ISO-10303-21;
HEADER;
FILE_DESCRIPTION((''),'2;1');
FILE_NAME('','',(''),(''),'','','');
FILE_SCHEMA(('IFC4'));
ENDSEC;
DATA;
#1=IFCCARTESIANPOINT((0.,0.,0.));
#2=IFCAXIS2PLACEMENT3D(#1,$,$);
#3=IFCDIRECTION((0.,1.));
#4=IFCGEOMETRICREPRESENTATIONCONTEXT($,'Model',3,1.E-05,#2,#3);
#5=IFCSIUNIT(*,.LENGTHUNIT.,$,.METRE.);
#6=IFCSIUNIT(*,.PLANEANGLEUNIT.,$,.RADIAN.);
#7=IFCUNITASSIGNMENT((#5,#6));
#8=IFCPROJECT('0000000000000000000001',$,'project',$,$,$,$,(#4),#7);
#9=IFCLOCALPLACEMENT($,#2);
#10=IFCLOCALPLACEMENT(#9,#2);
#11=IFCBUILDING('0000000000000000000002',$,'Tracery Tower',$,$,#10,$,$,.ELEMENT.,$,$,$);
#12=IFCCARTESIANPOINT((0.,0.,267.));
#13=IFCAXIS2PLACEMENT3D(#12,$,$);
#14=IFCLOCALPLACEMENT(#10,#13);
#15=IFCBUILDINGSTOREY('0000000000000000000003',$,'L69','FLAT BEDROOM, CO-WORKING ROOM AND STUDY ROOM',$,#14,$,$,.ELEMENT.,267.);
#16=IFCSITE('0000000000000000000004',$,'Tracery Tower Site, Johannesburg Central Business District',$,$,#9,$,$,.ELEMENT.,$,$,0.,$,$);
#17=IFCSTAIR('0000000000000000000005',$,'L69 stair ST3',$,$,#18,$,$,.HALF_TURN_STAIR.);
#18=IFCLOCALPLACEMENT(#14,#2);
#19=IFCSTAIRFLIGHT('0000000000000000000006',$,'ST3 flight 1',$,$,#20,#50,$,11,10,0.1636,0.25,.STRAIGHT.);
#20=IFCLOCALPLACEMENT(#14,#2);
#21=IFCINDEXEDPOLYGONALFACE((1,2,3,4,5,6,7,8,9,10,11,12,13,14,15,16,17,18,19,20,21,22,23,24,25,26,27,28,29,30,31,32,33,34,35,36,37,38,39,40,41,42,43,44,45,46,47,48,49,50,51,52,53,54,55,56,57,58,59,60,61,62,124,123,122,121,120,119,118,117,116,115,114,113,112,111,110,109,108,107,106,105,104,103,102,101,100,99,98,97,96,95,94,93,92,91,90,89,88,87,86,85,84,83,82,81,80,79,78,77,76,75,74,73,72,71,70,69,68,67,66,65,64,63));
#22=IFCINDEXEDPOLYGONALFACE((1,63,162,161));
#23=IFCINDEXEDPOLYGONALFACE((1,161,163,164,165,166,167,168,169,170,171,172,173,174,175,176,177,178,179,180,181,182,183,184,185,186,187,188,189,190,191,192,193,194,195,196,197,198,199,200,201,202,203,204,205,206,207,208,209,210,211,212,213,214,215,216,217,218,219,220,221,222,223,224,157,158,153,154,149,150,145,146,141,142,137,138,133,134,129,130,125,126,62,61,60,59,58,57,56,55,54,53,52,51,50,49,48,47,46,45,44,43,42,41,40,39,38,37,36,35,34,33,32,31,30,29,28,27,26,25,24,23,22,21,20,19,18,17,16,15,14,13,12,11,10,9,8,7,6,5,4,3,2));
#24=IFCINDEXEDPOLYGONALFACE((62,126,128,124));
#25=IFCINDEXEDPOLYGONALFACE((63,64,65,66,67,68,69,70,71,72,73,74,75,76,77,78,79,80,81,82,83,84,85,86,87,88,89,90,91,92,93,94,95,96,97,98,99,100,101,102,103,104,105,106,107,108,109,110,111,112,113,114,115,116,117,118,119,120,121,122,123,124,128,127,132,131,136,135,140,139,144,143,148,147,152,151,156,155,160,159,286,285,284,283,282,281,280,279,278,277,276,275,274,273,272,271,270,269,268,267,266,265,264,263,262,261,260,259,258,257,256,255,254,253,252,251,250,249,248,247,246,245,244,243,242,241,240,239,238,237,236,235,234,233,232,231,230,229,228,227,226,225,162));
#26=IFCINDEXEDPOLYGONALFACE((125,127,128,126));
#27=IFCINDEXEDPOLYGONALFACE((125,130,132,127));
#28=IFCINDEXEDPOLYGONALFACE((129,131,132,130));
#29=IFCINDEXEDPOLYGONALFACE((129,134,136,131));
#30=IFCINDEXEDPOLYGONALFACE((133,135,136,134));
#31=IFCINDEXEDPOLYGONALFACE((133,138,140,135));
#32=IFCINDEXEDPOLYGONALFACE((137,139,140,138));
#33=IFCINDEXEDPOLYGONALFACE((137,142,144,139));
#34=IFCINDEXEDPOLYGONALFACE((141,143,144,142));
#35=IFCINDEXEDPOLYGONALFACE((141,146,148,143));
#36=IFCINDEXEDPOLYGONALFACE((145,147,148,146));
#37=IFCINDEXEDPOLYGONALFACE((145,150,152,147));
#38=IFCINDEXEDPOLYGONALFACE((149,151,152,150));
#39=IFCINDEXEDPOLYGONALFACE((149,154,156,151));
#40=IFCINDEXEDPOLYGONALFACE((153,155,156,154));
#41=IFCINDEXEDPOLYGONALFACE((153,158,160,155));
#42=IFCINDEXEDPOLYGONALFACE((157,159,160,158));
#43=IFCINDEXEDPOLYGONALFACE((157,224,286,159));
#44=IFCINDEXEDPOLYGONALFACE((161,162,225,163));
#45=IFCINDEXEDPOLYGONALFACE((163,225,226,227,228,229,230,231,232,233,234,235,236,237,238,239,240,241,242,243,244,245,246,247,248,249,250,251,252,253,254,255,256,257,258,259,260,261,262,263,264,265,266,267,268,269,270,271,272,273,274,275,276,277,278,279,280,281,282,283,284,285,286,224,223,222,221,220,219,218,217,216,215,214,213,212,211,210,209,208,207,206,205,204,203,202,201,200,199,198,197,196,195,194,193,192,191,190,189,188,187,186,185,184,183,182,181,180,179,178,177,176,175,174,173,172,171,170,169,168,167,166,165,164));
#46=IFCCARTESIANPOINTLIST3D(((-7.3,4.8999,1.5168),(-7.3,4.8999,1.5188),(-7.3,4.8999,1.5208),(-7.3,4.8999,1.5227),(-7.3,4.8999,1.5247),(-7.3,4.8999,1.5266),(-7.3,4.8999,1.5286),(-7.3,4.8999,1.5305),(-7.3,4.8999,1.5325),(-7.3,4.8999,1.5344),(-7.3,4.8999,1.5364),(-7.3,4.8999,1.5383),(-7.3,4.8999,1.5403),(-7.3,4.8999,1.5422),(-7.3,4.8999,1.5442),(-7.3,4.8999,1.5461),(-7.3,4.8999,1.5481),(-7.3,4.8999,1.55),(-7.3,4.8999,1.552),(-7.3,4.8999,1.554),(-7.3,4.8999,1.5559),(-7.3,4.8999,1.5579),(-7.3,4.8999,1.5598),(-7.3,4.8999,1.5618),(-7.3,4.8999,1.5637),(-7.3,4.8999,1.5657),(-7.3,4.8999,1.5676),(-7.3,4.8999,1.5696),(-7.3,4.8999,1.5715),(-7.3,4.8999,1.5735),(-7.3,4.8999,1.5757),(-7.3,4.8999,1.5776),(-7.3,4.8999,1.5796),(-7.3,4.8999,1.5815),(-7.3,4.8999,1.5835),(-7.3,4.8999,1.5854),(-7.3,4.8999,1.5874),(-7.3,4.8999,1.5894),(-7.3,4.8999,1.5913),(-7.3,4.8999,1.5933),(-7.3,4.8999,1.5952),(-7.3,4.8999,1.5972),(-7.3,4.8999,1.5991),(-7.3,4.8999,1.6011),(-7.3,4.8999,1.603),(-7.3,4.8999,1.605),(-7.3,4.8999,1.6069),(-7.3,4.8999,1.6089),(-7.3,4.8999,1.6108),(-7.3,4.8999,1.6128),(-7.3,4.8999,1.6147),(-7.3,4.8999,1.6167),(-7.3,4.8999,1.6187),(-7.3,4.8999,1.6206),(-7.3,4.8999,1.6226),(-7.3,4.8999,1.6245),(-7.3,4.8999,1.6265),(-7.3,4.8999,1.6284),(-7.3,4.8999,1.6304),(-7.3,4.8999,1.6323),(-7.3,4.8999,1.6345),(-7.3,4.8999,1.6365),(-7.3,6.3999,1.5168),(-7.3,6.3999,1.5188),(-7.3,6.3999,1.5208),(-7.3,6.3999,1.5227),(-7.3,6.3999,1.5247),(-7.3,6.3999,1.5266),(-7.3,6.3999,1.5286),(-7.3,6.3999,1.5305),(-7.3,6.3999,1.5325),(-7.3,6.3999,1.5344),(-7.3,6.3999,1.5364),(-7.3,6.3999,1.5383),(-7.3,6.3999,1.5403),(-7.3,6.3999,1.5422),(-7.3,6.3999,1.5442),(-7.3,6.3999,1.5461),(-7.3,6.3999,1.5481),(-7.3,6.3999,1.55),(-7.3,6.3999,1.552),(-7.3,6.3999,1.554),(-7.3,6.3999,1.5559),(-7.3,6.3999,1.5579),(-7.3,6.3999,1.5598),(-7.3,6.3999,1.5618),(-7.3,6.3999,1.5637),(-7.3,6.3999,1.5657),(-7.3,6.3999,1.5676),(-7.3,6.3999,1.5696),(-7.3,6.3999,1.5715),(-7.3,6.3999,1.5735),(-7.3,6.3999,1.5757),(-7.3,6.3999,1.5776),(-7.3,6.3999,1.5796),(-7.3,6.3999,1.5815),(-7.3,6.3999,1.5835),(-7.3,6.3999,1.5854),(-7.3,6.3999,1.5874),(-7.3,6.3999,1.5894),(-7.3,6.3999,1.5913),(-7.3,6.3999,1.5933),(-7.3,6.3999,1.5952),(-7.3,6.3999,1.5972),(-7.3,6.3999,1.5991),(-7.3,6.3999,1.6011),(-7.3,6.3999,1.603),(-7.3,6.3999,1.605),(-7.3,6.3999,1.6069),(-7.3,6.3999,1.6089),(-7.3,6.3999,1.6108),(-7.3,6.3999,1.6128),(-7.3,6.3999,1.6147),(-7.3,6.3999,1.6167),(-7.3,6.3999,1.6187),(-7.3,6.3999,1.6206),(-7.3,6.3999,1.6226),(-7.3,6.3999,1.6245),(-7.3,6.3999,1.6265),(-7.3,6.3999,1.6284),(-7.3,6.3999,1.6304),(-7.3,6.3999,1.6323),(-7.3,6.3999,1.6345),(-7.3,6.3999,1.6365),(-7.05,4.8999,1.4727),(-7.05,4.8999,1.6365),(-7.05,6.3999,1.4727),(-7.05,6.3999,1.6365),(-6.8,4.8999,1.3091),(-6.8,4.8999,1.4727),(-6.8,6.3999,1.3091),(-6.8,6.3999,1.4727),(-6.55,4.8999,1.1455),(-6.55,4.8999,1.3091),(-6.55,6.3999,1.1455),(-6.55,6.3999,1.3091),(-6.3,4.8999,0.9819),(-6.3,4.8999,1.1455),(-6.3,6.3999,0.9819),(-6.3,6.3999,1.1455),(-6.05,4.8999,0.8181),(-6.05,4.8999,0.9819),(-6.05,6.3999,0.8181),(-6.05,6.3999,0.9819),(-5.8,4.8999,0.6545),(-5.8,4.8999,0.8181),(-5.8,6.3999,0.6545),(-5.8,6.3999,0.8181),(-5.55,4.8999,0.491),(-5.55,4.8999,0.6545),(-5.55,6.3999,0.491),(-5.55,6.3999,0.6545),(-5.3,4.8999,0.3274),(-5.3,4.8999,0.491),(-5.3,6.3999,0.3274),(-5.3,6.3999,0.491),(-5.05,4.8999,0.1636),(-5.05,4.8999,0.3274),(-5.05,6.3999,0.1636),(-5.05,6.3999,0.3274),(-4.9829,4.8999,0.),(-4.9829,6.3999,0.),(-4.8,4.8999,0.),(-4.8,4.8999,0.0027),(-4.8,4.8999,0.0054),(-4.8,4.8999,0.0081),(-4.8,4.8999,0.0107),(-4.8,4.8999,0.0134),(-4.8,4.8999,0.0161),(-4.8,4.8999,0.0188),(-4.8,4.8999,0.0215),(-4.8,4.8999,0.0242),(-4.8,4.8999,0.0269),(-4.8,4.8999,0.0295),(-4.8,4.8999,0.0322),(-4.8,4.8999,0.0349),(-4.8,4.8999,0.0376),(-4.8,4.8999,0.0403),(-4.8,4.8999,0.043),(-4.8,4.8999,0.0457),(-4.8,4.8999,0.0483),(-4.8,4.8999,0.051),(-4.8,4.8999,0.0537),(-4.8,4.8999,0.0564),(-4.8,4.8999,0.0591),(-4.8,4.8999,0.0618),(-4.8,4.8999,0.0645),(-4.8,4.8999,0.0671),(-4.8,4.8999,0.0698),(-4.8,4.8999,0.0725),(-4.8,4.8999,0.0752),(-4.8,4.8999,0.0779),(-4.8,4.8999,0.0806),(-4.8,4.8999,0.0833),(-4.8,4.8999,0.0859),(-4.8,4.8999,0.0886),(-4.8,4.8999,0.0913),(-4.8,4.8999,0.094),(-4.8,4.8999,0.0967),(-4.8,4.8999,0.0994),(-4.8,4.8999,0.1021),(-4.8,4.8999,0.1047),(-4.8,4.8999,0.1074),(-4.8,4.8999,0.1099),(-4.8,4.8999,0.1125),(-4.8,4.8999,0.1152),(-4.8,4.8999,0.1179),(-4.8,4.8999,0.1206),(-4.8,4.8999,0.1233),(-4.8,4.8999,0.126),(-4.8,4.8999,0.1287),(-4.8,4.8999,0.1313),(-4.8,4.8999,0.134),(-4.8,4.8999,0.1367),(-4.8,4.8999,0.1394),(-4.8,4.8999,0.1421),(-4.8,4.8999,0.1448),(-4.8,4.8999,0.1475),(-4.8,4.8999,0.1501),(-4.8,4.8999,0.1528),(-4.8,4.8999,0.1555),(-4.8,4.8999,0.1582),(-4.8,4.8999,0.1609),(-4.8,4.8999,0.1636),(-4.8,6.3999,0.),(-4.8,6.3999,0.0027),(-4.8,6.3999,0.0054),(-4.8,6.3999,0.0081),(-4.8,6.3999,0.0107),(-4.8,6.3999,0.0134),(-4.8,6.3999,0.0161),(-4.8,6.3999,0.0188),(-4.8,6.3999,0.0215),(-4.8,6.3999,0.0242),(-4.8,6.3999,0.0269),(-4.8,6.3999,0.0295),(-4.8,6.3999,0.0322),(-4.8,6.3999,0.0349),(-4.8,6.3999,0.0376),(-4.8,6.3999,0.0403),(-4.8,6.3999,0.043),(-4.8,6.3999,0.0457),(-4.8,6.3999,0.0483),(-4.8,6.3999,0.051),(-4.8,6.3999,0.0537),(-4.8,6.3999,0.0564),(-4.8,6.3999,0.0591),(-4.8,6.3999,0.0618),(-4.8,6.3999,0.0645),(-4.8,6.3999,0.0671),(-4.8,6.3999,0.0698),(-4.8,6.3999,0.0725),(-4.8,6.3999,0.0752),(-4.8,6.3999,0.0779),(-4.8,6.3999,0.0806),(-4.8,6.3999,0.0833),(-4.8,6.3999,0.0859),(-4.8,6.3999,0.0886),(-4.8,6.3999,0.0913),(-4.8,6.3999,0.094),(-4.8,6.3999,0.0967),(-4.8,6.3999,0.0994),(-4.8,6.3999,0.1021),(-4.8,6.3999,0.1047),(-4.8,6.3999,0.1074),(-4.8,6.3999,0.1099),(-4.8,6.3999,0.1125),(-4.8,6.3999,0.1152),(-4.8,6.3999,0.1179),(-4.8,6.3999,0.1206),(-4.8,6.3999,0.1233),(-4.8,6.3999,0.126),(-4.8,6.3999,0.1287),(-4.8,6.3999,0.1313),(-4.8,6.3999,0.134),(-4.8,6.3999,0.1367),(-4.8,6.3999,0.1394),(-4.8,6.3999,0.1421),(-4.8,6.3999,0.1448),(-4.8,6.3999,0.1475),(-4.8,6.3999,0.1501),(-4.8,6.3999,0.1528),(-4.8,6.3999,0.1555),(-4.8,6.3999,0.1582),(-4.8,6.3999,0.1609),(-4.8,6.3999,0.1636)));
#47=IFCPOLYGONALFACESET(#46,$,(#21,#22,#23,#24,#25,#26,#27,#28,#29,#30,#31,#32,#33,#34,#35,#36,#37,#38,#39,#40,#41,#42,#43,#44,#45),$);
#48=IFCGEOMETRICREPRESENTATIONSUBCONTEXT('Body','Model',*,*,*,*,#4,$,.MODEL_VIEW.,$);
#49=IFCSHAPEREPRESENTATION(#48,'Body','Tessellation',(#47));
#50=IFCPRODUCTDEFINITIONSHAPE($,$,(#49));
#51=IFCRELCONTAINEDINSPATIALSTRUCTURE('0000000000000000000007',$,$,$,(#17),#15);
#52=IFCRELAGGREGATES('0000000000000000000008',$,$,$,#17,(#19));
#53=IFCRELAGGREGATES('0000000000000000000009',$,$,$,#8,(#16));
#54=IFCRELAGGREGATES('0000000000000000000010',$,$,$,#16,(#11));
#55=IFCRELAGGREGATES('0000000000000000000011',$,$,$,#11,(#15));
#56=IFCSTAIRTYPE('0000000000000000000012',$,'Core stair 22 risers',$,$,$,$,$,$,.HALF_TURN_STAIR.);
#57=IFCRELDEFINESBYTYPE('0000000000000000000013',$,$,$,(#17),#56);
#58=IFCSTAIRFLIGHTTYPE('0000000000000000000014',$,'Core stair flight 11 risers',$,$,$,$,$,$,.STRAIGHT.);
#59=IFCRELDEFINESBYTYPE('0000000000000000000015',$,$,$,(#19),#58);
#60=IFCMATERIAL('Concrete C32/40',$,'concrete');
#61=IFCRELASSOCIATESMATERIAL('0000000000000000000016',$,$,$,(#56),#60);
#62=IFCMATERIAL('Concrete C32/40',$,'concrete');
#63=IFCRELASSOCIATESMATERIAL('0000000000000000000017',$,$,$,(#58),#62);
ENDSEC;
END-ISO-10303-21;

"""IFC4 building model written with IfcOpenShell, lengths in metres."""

from ifc_helpers import new_model, si_unit, direction, frame, origin, place, context, subcontext, project, spatial, polyline, outline, extrude, material, type_object, element, aggregate, save


model = new_model("IFC4")

# Units and contexts
model_context = context("Model", 3, precision=1e-05, world=origin(), true_north=direction((0.0, 1.0)))
body_context = subcontext(model_context, "Body", "Model", "MODEL_VIEW")
ifc_project = project(units=[si_unit("LENGTHUNIT", "METRE"), si_unit("PLANEANGLEUNIT", "RADIAN")], contexts=[model_context])

# Site, building, storey
site_placement = place(None, origin())
site = spatial("IfcSite", under=ifc_project, at=site_placement, Name="Tracery Tower Site, Johannesburg Central Business District", CompositionType="ELEMENT", RefElevation=0.0)
building_placement = place(site_placement, origin())
building = spatial("IfcBuilding", under=site, at=building_placement, Name="Tracery Tower", CompositionType="ELEMENT")
storey_placement = place(building_placement, frame((0.0, 0.0, 267.0)))
storey = spatial("IfcBuildingStorey", under=building, at=storey_placement, Name="L69", Description="FLAT BEDROOM, CO-WORKING ROOM AND STUDY ROOM", CompositionType="ELEMENT", Elevation=267.0)

# Stair, stair flight
ifc_material_1 = material(Name="Concrete C32/40", Category="concrete")
stair_type = type_object("IfcStairType", Name="Core stair 22 risers", PredefinedType="HALF_TURN_STAIR", material=ifc_material_1)
stair_placement = place(storey_placement, origin())
stair = element("IfcStair", 1, at=stair_placement, inside=storey, type_object=stair_type, Name="L69 stair ST3", PredefinedType="HALF_TURN_STAIR")
ifc_material_2 = material(Name="Concrete C32/40", Category="concrete")
stair_flight_type = type_object("IfcStairFlightType", Name="Core stair flight 11 risers", PredefinedType="STRAIGHT", material=ifc_material_2)
stair_flight_1_placement = place(storey_placement, frame((-4.8, 5.6499, 0.0), z_axis=(0.0, 0.0, 1.0), x_axis=(-1.0, 0.0, 0.0)))
stair_flight_1 = element("IfcStairFlight", 2, at=stair_flight_1_placement, type_object=stair_flight_type, Name="ST3 flight 1", NumberOfRisers=11, NumberOfTreads=10, PredefinedType="STRAIGHT", RiserHeight=0.1636, TreadLength=0.25, context=body_context, shape_type="SweptSolid", body=[
    extrude(outline(polyline([(0.0, 0.0), (0.0, 0.0027), (0.0, 0.0054), (0.0, 0.0081), (0.0, 0.0107), (0.0, 0.0134), (0.0, 0.0161), (0.0, 0.0188), (0.0, 0.0215), (0.0, 0.0242), (0.0, 0.0269), (0.0, 0.0295), (0.0, 0.0322), (0.0, 0.0349), (0.0, 0.0376), (0.0, 0.0403), (0.0, 0.043), (0.0, 0.0457), (0.0, 0.0483), (0.0, 0.051), (0.0, 0.0537), (0.0, 0.0564), (0.0, 0.0591), (0.0, 0.0618), (0.0, 0.0645), (0.0, 0.0671), (0.0, 0.0698), (0.0, 0.0725), (0.0, 0.0752), (0.0, 0.0779), (0.0, 0.0806), (0.0, 0.0833), (0.0, 0.0859), (0.0, 0.0886), (0.0, 0.0913), (0.0, 0.094), (0.0, 0.0967), (0.0, 0.0994), (0.0, 0.1021), (0.0, 0.1047), (0.0, 0.1074), (0.0, 0.1099), (0.0, 0.1125), (0.0, 0.1152), (0.0, 0.1179), (0.0, 0.1206), (0.0, 0.1233), (0.0, 0.126), (0.0, 0.1287), (0.0, 0.1313), (0.0, 0.134), (0.0, 0.1367), (0.0, 0.1394), (0.0, 0.1421), (0.0, 0.1448), (0.0, 0.1475), (0.0, 0.1501), (0.0, 0.1528), (0.0, 0.1555), (0.0, 0.1582), (0.0, 0.1609), (0.0, 0.1636), (0.25, 0.1636), (0.25, 0.3274), (0.5, 0.3274), (0.5, 0.491), (0.75, 0.491), (0.75, 0.6545), (1.0, 0.6545), (1.0, 0.8181), (1.25, 0.8181), (1.25, 0.9819), (1.5, 0.9819), (1.5, 1.1455), (1.75, 1.1455), (1.75, 1.3091), (2.0, 1.3091), (2.0, 1.4727), (2.25, 1.4727), (2.25, 1.6365), (2.5, 1.6365), (2.5, 1.6345), (2.5, 1.6323), (2.5, 1.6304), (2.5, 1.6284), (2.5, 1.6265), (2.5, 1.6245), (2.5, 1.6226), (2.5, 1.6206), (2.5, 1.6187), (2.5, 1.6167), (2.5, 1.6147), (2.5, 1.6128), (2.5, 1.6108), (2.5, 1.6089), (2.5, 1.6069), (2.5, 1.605), (2.5, 1.603), (2.5, 1.6011), (2.5, 1.5991), (2.5, 1.5972), (2.5, 1.5952), (2.5, 1.5933), (2.5, 1.5913), (2.5, 1.5894), (2.5, 1.5874), (2.5, 1.5854), (2.5, 1.5835), (2.5, 1.5815), (2.5, 1.5796), (2.5, 1.5776), (2.5, 1.5757), (2.5, 1.5735), (2.5, 1.5715), (2.5, 1.5696), (2.5, 1.5676), (2.5, 1.5657), (2.5, 1.5637), (2.5, 1.5618), (2.5, 1.5598), (2.5, 1.5579), (2.5, 1.5559), (2.5, 1.554), (2.5, 1.552), (2.5, 1.55), (2.5, 1.5481), (2.5, 1.5461), (2.5, 1.5442), (2.5, 1.5422), (2.5, 1.5403), (2.5, 1.5383), (2.5, 1.5364), (2.5, 1.5344), (2.5, 1.5325), (2.5, 1.5305), (2.5, 1.5286), (2.5, 1.5266), (2.5, 1.5247), (2.5, 1.5227), (2.5, 1.5208), (2.5, 1.5188), (2.5, 1.5168), (0.1829, 0.0), (0.0, 0.0)])), frame((0.0, 0.75, 0.0), z_axis=(0.0, -1.0, 0.0), x_axis=(1.0, 0.0, 0.0)), (0.0, 0.0, 1.0), 1.5),
])
aggregate(stair, [stair_flight_1])

save(model, "model.ifc")
